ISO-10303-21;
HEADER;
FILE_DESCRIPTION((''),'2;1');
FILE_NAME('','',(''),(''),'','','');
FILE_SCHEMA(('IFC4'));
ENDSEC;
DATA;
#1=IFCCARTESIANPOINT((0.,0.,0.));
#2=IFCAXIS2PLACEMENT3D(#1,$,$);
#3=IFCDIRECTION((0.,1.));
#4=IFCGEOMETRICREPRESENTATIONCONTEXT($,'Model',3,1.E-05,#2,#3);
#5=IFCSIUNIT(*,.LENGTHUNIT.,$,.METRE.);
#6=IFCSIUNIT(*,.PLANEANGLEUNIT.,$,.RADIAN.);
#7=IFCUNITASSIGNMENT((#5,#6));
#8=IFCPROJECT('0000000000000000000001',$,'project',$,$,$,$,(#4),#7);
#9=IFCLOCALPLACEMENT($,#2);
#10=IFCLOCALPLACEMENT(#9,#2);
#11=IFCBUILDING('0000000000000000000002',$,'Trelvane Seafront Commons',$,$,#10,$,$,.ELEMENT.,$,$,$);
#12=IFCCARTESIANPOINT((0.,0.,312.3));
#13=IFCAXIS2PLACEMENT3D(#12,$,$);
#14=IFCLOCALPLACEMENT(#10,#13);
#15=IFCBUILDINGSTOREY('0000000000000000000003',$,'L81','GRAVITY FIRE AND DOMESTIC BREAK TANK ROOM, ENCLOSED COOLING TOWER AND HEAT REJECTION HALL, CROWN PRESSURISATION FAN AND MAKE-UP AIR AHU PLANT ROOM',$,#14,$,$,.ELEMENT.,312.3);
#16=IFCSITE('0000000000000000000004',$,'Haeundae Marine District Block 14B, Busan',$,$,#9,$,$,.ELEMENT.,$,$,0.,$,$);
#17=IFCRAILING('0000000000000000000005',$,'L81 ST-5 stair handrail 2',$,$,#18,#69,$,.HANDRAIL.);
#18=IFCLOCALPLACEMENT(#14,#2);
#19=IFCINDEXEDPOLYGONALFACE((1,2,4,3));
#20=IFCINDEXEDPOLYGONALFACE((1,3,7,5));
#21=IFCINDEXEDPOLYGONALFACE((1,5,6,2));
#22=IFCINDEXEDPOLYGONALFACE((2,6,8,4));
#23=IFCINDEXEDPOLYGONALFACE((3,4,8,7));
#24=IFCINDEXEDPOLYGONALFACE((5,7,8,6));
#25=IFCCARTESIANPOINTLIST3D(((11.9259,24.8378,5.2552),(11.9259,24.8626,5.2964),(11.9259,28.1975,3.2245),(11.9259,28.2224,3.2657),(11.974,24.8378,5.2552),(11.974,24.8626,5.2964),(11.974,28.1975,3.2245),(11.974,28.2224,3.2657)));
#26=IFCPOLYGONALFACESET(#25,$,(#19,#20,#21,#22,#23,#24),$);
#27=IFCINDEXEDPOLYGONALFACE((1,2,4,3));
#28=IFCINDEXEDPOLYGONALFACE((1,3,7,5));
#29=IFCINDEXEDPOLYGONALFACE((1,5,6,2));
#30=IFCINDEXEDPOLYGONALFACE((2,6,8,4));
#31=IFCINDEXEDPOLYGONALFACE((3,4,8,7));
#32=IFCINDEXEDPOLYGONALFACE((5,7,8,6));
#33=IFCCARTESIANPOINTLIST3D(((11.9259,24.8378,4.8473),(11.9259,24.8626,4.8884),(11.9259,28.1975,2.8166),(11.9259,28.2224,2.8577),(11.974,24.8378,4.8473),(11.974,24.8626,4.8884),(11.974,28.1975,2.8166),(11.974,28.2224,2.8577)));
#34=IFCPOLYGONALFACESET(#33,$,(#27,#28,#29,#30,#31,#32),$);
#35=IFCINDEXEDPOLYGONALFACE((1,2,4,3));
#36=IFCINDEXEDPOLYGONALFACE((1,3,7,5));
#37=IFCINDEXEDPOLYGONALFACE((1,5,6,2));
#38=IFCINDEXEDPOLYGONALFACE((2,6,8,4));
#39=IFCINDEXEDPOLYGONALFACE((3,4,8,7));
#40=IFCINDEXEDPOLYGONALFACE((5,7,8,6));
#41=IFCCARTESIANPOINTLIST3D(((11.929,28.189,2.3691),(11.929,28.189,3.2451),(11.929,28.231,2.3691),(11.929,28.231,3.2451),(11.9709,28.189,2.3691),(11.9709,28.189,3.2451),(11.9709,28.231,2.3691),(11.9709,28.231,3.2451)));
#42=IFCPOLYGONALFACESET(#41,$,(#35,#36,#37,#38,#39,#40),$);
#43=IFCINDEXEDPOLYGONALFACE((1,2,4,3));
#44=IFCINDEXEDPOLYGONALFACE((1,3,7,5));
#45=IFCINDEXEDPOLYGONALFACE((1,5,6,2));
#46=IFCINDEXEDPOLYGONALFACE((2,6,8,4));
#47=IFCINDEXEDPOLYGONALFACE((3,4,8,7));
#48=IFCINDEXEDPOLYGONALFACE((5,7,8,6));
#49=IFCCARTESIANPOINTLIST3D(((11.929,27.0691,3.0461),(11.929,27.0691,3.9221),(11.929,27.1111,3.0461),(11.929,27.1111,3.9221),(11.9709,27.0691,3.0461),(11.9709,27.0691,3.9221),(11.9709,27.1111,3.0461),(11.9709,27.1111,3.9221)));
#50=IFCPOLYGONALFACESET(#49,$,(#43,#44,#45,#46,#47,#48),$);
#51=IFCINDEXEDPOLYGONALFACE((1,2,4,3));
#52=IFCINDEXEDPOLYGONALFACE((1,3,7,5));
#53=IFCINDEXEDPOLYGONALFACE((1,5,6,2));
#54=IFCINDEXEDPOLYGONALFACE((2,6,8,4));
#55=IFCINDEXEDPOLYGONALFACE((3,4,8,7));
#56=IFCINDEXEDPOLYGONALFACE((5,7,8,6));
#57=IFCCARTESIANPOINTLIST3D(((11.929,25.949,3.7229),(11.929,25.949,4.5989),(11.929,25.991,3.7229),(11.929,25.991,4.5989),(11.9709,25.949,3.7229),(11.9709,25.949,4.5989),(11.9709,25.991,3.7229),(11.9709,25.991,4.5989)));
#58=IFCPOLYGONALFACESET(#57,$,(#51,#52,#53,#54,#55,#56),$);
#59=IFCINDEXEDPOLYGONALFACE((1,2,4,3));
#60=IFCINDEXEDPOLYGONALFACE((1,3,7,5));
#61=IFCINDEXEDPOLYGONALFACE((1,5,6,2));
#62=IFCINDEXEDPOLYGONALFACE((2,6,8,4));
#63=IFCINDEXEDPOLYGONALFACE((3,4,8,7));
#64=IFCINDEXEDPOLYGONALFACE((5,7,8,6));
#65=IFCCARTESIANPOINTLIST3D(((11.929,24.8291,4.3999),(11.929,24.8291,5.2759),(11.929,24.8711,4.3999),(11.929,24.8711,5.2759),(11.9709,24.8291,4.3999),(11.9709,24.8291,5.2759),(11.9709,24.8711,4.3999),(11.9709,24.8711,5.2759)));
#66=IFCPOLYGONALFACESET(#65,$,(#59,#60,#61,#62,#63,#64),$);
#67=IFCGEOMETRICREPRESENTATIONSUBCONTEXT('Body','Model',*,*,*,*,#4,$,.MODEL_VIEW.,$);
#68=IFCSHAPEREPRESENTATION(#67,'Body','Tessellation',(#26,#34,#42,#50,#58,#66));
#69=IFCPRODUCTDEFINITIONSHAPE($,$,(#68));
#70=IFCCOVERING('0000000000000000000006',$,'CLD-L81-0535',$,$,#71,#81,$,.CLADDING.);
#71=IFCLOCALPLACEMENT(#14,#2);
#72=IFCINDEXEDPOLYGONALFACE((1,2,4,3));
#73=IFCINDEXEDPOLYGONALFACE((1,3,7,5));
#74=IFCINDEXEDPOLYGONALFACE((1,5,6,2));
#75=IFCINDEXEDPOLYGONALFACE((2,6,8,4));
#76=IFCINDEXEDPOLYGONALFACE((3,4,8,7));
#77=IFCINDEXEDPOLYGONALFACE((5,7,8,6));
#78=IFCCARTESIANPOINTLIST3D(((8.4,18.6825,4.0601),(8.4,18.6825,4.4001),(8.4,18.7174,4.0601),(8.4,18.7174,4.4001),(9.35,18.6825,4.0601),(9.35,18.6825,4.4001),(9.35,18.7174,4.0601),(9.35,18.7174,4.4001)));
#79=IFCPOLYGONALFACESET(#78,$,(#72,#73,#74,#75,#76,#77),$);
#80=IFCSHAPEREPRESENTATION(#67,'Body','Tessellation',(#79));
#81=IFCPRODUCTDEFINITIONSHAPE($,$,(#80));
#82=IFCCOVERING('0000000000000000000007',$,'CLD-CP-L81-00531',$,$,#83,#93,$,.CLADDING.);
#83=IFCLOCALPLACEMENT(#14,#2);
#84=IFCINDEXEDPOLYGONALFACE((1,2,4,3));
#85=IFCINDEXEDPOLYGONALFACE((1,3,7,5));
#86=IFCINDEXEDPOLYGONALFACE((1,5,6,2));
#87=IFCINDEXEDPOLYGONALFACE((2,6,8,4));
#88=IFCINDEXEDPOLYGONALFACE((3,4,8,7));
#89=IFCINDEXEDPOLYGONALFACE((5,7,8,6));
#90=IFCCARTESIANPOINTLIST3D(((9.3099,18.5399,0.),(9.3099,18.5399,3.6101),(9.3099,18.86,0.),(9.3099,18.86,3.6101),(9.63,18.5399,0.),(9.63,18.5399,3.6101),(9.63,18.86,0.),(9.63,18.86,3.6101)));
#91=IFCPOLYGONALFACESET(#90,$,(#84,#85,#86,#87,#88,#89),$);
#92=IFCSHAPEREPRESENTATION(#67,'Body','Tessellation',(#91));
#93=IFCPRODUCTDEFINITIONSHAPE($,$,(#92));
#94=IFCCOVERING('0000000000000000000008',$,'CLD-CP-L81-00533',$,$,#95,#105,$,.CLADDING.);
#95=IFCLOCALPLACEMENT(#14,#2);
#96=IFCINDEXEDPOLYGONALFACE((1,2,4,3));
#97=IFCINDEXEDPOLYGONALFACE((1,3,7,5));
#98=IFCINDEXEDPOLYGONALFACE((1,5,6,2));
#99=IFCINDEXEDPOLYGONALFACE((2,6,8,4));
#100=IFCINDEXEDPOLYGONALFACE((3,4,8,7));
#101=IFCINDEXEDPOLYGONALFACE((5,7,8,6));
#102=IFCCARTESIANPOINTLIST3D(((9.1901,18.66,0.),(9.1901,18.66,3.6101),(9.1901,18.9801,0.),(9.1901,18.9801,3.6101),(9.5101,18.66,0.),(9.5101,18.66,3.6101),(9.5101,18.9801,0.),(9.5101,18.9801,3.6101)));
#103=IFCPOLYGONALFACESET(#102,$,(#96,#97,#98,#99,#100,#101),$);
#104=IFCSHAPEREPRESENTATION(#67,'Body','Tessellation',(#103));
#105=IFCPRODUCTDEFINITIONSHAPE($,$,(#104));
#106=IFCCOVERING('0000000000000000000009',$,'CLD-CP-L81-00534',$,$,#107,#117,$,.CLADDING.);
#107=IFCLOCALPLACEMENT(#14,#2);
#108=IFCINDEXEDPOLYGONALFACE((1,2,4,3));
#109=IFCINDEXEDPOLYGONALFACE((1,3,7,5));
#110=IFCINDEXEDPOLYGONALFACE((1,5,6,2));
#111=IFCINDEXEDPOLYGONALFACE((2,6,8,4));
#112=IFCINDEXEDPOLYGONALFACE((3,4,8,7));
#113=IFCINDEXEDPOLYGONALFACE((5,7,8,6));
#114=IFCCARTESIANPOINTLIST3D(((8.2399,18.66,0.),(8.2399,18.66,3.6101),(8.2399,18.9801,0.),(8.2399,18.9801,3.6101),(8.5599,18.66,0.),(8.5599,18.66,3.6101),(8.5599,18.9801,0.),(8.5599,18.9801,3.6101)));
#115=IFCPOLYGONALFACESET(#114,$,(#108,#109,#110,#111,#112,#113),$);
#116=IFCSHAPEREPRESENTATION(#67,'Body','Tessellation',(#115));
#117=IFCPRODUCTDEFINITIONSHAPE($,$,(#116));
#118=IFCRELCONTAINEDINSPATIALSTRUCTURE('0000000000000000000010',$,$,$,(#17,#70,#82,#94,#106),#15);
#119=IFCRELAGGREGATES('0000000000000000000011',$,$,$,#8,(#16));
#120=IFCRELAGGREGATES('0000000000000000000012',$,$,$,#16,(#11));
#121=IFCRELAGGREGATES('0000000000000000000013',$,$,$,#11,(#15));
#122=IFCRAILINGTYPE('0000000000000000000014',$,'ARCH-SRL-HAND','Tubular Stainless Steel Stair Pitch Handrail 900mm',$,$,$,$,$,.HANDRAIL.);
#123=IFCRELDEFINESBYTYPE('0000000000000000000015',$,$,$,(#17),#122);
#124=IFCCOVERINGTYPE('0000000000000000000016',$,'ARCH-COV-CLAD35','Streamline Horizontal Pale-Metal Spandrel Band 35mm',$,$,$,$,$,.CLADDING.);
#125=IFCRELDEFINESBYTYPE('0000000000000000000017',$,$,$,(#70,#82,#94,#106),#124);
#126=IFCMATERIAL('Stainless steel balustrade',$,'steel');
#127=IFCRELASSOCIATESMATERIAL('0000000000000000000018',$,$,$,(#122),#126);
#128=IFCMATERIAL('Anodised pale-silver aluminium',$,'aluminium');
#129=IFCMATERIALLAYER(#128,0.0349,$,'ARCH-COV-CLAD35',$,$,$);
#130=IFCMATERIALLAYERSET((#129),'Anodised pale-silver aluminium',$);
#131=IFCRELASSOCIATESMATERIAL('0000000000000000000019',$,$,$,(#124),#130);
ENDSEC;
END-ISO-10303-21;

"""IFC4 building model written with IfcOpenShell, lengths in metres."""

from ifc_helpers import new_model, si_unit, direction, frame, origin, origin_2d, place, context, subcontext, project, spatial, rectangle, extrude, source, transform, mapped, material, layer, layer_set, type_object, element, save


model = new_model("IFC4")

# Units and contexts
model_context = context("Model", 3, precision=1e-05, world=origin(), true_north=direction((0.0, 1.0)))
body_context = subcontext(model_context, "Body", "Model", "MODEL_VIEW")
ifc_project = project(units=[si_unit("LENGTHUNIT", "METRE"), si_unit("PLANEANGLEUNIT", "RADIAN")], contexts=[model_context])

# Site, building, storey
site_placement = place(None, origin())
site = spatial("IfcSite", under=ifc_project, at=site_placement, Name="Haeundae Marine District Block 14B, Busan", CompositionType="ELEMENT", RefElevation=0.0)
building_placement = place(site_placement, origin())
building = spatial("IfcBuilding", under=site, at=building_placement, Name="Trelvane Seafront Commons", CompositionType="ELEMENT")
storey_placement = place(building_placement, frame((0.0, 0.0, 312.3)))
storey = spatial("IfcBuildingStorey", under=building, at=storey_placement, Name="L81", Description="GRAVITY FIRE AND DOMESTIC BREAK TANK ROOM, ENCLOSED COOLING TOWER AND HEAT REJECTION HALL, CROWN PRESSURISATION FAN AND MAKE-UP AIR AHU PLANT ROOM", CompositionType="ELEMENT", Elevation=312.3)

# Shared definitions
ifc_material_1 = material(Name="Anodised pale-silver aluminium", Category="aluminium")

# Railing
ifc_material_2 = material(Name="Stainless steel balustrade", Category="steel")
railing_type_1 = type_object("IfcRailingType", Name="ARCH-SRL-HAND", Description="Tubular Stainless Steel Stair Pitch Handrail 900mm", PredefinedType="HANDRAIL", material=ifc_material_2)
railing_1_placement = place(storey_placement, frame((11.95, 28.21, 2.3691)))
element("IfcRailing", 1, at=railing_1_placement, inside=storey, type_object=railing_type_1, Name="L81 ST-5 stair handrail 2", PredefinedType="HANDRAIL", context=body_context, shape_type="SweptSolid", body=[
    extrude(rectangle(XDim=0.0481, YDim=0.0481, at=origin_2d()), frame((0.0, 0.0, 0.876), z_axis=(0.0, -0.85582, 0.517273), x_axis=(1.0, 0.0, 0.0)), (0.0, 0.0, 1.0), 3.9258),
    extrude(rectangle(XDim=0.0481, YDim=0.0481, at=origin_2d()), frame((0.0, 0.0, 0.468), z_axis=(0.0, -0.85582, 0.517273), x_axis=(1.0, 0.0, 0.0)), (0.0, 0.0, 1.0), 3.9258),
    extrude(rectangle(XDim=0.042, YDim=0.042, at=origin_2d()), origin(), (0.0, 0.0, 1.0), 0.876),
    extrude(rectangle(XDim=0.042, YDim=0.042, at=origin_2d()), frame((0.0, -1.1199, 0.677)), (0.0, 0.0, 1.0), 0.876),
    extrude(rectangle(XDim=0.042, YDim=0.042, at=origin_2d()), frame((0.0, -2.24, 1.3538)), (0.0, 0.0, 1.0), 0.876),
    extrude(rectangle(XDim=0.042, YDim=0.042, at=origin_2d()), frame((0.0, -3.3599, 2.0308)), (0.0, 0.0, 1.0), 0.876),
])

# Coverings
ifc_layer_1 = layer(ifc_material_1, 0.0349, Name="ARCH-COV-CLAD35")
ifc_layer_set_1 = layer_set([ifc_layer_1], Name="Anodised pale-silver aluminium")
covering_type = type_object("IfcCoveringType", Name="ARCH-COV-CLAD35", Description="Streamline Horizontal Pale-Metal Spandrel Band 35mm", PredefinedType="CLADDING", material=ifc_layer_set_1)
shared_shape_1 = source(origin(), body_context, "Body", "SweptSolid", [
    extrude(rectangle(XDim=0.95, YDim=0.0349, at=origin_2d()), origin(), (0.0, 0.0, 1.0), 0.3401),
])
covering_placement = place(storey_placement, frame((8.875, 18.7, 4.0601), z_axis=(0.0, 0.0, 1.0), x_axis=(-1.0, 0.0, 0.0)))
element("IfcCovering", 2, at=covering_placement, inside=storey, type_object=covering_type, Name="CLD-L81-0535", PredefinedType="CLADDING", context=body_context, shape_type="MappedRepresentation", body=[
    mapped(shared_shape_1, transform((0.0, 0.0, 0.0), x_axis=(1.0, 0.0, 0.0), y_axis=(0.0, 1.0, 0.0), z_axis=(0.0, 0.0, 1.0), scale=1.0)),
])
shared_shape_2 = source(origin(), body_context, "Body", "SweptSolid", [
    extrude(rectangle(XDim=0.3201, YDim=0.3201, at=origin_2d()), origin(), (0.0, 0.0, 1.0), 3.6101),
])
for number, where, z_axis, x_axis, name in (
    (3, (9.47, 18.7, 0.0), (0.0, 0.0, 1.0), (1.0, 0.0, 0.0), "CLD-CP-L81-00531"),
    (4, (9.3501, 18.8201, 0.0), (0.0, 0.0, 1.0), (1.0, 0.0, 0.0), "CLD-CP-L81-00533"),
    (5, (8.3999, 18.8201, 0.0), (0.0, 0.0, 1.0), (1.0, 0.0, 0.0), "CLD-CP-L81-00534"),
):
    element("IfcCovering", number, at=place(storey_placement, frame(where, z_axis=z_axis, x_axis=x_axis)), inside=storey, type_object=covering_type, Name=name, PredefinedType="CLADDING", context=body_context, shape_type="MappedRepresentation", body=[
        mapped(shared_shape_2, transform((0.0, 0.0, 0.0), x_axis=(1.0, 0.0, 0.0), y_axis=(0.0, 1.0, 0.0), z_axis=(0.0, 0.0, 1.0), scale=1.0)),
    ])

save(model, "model.ifc")
